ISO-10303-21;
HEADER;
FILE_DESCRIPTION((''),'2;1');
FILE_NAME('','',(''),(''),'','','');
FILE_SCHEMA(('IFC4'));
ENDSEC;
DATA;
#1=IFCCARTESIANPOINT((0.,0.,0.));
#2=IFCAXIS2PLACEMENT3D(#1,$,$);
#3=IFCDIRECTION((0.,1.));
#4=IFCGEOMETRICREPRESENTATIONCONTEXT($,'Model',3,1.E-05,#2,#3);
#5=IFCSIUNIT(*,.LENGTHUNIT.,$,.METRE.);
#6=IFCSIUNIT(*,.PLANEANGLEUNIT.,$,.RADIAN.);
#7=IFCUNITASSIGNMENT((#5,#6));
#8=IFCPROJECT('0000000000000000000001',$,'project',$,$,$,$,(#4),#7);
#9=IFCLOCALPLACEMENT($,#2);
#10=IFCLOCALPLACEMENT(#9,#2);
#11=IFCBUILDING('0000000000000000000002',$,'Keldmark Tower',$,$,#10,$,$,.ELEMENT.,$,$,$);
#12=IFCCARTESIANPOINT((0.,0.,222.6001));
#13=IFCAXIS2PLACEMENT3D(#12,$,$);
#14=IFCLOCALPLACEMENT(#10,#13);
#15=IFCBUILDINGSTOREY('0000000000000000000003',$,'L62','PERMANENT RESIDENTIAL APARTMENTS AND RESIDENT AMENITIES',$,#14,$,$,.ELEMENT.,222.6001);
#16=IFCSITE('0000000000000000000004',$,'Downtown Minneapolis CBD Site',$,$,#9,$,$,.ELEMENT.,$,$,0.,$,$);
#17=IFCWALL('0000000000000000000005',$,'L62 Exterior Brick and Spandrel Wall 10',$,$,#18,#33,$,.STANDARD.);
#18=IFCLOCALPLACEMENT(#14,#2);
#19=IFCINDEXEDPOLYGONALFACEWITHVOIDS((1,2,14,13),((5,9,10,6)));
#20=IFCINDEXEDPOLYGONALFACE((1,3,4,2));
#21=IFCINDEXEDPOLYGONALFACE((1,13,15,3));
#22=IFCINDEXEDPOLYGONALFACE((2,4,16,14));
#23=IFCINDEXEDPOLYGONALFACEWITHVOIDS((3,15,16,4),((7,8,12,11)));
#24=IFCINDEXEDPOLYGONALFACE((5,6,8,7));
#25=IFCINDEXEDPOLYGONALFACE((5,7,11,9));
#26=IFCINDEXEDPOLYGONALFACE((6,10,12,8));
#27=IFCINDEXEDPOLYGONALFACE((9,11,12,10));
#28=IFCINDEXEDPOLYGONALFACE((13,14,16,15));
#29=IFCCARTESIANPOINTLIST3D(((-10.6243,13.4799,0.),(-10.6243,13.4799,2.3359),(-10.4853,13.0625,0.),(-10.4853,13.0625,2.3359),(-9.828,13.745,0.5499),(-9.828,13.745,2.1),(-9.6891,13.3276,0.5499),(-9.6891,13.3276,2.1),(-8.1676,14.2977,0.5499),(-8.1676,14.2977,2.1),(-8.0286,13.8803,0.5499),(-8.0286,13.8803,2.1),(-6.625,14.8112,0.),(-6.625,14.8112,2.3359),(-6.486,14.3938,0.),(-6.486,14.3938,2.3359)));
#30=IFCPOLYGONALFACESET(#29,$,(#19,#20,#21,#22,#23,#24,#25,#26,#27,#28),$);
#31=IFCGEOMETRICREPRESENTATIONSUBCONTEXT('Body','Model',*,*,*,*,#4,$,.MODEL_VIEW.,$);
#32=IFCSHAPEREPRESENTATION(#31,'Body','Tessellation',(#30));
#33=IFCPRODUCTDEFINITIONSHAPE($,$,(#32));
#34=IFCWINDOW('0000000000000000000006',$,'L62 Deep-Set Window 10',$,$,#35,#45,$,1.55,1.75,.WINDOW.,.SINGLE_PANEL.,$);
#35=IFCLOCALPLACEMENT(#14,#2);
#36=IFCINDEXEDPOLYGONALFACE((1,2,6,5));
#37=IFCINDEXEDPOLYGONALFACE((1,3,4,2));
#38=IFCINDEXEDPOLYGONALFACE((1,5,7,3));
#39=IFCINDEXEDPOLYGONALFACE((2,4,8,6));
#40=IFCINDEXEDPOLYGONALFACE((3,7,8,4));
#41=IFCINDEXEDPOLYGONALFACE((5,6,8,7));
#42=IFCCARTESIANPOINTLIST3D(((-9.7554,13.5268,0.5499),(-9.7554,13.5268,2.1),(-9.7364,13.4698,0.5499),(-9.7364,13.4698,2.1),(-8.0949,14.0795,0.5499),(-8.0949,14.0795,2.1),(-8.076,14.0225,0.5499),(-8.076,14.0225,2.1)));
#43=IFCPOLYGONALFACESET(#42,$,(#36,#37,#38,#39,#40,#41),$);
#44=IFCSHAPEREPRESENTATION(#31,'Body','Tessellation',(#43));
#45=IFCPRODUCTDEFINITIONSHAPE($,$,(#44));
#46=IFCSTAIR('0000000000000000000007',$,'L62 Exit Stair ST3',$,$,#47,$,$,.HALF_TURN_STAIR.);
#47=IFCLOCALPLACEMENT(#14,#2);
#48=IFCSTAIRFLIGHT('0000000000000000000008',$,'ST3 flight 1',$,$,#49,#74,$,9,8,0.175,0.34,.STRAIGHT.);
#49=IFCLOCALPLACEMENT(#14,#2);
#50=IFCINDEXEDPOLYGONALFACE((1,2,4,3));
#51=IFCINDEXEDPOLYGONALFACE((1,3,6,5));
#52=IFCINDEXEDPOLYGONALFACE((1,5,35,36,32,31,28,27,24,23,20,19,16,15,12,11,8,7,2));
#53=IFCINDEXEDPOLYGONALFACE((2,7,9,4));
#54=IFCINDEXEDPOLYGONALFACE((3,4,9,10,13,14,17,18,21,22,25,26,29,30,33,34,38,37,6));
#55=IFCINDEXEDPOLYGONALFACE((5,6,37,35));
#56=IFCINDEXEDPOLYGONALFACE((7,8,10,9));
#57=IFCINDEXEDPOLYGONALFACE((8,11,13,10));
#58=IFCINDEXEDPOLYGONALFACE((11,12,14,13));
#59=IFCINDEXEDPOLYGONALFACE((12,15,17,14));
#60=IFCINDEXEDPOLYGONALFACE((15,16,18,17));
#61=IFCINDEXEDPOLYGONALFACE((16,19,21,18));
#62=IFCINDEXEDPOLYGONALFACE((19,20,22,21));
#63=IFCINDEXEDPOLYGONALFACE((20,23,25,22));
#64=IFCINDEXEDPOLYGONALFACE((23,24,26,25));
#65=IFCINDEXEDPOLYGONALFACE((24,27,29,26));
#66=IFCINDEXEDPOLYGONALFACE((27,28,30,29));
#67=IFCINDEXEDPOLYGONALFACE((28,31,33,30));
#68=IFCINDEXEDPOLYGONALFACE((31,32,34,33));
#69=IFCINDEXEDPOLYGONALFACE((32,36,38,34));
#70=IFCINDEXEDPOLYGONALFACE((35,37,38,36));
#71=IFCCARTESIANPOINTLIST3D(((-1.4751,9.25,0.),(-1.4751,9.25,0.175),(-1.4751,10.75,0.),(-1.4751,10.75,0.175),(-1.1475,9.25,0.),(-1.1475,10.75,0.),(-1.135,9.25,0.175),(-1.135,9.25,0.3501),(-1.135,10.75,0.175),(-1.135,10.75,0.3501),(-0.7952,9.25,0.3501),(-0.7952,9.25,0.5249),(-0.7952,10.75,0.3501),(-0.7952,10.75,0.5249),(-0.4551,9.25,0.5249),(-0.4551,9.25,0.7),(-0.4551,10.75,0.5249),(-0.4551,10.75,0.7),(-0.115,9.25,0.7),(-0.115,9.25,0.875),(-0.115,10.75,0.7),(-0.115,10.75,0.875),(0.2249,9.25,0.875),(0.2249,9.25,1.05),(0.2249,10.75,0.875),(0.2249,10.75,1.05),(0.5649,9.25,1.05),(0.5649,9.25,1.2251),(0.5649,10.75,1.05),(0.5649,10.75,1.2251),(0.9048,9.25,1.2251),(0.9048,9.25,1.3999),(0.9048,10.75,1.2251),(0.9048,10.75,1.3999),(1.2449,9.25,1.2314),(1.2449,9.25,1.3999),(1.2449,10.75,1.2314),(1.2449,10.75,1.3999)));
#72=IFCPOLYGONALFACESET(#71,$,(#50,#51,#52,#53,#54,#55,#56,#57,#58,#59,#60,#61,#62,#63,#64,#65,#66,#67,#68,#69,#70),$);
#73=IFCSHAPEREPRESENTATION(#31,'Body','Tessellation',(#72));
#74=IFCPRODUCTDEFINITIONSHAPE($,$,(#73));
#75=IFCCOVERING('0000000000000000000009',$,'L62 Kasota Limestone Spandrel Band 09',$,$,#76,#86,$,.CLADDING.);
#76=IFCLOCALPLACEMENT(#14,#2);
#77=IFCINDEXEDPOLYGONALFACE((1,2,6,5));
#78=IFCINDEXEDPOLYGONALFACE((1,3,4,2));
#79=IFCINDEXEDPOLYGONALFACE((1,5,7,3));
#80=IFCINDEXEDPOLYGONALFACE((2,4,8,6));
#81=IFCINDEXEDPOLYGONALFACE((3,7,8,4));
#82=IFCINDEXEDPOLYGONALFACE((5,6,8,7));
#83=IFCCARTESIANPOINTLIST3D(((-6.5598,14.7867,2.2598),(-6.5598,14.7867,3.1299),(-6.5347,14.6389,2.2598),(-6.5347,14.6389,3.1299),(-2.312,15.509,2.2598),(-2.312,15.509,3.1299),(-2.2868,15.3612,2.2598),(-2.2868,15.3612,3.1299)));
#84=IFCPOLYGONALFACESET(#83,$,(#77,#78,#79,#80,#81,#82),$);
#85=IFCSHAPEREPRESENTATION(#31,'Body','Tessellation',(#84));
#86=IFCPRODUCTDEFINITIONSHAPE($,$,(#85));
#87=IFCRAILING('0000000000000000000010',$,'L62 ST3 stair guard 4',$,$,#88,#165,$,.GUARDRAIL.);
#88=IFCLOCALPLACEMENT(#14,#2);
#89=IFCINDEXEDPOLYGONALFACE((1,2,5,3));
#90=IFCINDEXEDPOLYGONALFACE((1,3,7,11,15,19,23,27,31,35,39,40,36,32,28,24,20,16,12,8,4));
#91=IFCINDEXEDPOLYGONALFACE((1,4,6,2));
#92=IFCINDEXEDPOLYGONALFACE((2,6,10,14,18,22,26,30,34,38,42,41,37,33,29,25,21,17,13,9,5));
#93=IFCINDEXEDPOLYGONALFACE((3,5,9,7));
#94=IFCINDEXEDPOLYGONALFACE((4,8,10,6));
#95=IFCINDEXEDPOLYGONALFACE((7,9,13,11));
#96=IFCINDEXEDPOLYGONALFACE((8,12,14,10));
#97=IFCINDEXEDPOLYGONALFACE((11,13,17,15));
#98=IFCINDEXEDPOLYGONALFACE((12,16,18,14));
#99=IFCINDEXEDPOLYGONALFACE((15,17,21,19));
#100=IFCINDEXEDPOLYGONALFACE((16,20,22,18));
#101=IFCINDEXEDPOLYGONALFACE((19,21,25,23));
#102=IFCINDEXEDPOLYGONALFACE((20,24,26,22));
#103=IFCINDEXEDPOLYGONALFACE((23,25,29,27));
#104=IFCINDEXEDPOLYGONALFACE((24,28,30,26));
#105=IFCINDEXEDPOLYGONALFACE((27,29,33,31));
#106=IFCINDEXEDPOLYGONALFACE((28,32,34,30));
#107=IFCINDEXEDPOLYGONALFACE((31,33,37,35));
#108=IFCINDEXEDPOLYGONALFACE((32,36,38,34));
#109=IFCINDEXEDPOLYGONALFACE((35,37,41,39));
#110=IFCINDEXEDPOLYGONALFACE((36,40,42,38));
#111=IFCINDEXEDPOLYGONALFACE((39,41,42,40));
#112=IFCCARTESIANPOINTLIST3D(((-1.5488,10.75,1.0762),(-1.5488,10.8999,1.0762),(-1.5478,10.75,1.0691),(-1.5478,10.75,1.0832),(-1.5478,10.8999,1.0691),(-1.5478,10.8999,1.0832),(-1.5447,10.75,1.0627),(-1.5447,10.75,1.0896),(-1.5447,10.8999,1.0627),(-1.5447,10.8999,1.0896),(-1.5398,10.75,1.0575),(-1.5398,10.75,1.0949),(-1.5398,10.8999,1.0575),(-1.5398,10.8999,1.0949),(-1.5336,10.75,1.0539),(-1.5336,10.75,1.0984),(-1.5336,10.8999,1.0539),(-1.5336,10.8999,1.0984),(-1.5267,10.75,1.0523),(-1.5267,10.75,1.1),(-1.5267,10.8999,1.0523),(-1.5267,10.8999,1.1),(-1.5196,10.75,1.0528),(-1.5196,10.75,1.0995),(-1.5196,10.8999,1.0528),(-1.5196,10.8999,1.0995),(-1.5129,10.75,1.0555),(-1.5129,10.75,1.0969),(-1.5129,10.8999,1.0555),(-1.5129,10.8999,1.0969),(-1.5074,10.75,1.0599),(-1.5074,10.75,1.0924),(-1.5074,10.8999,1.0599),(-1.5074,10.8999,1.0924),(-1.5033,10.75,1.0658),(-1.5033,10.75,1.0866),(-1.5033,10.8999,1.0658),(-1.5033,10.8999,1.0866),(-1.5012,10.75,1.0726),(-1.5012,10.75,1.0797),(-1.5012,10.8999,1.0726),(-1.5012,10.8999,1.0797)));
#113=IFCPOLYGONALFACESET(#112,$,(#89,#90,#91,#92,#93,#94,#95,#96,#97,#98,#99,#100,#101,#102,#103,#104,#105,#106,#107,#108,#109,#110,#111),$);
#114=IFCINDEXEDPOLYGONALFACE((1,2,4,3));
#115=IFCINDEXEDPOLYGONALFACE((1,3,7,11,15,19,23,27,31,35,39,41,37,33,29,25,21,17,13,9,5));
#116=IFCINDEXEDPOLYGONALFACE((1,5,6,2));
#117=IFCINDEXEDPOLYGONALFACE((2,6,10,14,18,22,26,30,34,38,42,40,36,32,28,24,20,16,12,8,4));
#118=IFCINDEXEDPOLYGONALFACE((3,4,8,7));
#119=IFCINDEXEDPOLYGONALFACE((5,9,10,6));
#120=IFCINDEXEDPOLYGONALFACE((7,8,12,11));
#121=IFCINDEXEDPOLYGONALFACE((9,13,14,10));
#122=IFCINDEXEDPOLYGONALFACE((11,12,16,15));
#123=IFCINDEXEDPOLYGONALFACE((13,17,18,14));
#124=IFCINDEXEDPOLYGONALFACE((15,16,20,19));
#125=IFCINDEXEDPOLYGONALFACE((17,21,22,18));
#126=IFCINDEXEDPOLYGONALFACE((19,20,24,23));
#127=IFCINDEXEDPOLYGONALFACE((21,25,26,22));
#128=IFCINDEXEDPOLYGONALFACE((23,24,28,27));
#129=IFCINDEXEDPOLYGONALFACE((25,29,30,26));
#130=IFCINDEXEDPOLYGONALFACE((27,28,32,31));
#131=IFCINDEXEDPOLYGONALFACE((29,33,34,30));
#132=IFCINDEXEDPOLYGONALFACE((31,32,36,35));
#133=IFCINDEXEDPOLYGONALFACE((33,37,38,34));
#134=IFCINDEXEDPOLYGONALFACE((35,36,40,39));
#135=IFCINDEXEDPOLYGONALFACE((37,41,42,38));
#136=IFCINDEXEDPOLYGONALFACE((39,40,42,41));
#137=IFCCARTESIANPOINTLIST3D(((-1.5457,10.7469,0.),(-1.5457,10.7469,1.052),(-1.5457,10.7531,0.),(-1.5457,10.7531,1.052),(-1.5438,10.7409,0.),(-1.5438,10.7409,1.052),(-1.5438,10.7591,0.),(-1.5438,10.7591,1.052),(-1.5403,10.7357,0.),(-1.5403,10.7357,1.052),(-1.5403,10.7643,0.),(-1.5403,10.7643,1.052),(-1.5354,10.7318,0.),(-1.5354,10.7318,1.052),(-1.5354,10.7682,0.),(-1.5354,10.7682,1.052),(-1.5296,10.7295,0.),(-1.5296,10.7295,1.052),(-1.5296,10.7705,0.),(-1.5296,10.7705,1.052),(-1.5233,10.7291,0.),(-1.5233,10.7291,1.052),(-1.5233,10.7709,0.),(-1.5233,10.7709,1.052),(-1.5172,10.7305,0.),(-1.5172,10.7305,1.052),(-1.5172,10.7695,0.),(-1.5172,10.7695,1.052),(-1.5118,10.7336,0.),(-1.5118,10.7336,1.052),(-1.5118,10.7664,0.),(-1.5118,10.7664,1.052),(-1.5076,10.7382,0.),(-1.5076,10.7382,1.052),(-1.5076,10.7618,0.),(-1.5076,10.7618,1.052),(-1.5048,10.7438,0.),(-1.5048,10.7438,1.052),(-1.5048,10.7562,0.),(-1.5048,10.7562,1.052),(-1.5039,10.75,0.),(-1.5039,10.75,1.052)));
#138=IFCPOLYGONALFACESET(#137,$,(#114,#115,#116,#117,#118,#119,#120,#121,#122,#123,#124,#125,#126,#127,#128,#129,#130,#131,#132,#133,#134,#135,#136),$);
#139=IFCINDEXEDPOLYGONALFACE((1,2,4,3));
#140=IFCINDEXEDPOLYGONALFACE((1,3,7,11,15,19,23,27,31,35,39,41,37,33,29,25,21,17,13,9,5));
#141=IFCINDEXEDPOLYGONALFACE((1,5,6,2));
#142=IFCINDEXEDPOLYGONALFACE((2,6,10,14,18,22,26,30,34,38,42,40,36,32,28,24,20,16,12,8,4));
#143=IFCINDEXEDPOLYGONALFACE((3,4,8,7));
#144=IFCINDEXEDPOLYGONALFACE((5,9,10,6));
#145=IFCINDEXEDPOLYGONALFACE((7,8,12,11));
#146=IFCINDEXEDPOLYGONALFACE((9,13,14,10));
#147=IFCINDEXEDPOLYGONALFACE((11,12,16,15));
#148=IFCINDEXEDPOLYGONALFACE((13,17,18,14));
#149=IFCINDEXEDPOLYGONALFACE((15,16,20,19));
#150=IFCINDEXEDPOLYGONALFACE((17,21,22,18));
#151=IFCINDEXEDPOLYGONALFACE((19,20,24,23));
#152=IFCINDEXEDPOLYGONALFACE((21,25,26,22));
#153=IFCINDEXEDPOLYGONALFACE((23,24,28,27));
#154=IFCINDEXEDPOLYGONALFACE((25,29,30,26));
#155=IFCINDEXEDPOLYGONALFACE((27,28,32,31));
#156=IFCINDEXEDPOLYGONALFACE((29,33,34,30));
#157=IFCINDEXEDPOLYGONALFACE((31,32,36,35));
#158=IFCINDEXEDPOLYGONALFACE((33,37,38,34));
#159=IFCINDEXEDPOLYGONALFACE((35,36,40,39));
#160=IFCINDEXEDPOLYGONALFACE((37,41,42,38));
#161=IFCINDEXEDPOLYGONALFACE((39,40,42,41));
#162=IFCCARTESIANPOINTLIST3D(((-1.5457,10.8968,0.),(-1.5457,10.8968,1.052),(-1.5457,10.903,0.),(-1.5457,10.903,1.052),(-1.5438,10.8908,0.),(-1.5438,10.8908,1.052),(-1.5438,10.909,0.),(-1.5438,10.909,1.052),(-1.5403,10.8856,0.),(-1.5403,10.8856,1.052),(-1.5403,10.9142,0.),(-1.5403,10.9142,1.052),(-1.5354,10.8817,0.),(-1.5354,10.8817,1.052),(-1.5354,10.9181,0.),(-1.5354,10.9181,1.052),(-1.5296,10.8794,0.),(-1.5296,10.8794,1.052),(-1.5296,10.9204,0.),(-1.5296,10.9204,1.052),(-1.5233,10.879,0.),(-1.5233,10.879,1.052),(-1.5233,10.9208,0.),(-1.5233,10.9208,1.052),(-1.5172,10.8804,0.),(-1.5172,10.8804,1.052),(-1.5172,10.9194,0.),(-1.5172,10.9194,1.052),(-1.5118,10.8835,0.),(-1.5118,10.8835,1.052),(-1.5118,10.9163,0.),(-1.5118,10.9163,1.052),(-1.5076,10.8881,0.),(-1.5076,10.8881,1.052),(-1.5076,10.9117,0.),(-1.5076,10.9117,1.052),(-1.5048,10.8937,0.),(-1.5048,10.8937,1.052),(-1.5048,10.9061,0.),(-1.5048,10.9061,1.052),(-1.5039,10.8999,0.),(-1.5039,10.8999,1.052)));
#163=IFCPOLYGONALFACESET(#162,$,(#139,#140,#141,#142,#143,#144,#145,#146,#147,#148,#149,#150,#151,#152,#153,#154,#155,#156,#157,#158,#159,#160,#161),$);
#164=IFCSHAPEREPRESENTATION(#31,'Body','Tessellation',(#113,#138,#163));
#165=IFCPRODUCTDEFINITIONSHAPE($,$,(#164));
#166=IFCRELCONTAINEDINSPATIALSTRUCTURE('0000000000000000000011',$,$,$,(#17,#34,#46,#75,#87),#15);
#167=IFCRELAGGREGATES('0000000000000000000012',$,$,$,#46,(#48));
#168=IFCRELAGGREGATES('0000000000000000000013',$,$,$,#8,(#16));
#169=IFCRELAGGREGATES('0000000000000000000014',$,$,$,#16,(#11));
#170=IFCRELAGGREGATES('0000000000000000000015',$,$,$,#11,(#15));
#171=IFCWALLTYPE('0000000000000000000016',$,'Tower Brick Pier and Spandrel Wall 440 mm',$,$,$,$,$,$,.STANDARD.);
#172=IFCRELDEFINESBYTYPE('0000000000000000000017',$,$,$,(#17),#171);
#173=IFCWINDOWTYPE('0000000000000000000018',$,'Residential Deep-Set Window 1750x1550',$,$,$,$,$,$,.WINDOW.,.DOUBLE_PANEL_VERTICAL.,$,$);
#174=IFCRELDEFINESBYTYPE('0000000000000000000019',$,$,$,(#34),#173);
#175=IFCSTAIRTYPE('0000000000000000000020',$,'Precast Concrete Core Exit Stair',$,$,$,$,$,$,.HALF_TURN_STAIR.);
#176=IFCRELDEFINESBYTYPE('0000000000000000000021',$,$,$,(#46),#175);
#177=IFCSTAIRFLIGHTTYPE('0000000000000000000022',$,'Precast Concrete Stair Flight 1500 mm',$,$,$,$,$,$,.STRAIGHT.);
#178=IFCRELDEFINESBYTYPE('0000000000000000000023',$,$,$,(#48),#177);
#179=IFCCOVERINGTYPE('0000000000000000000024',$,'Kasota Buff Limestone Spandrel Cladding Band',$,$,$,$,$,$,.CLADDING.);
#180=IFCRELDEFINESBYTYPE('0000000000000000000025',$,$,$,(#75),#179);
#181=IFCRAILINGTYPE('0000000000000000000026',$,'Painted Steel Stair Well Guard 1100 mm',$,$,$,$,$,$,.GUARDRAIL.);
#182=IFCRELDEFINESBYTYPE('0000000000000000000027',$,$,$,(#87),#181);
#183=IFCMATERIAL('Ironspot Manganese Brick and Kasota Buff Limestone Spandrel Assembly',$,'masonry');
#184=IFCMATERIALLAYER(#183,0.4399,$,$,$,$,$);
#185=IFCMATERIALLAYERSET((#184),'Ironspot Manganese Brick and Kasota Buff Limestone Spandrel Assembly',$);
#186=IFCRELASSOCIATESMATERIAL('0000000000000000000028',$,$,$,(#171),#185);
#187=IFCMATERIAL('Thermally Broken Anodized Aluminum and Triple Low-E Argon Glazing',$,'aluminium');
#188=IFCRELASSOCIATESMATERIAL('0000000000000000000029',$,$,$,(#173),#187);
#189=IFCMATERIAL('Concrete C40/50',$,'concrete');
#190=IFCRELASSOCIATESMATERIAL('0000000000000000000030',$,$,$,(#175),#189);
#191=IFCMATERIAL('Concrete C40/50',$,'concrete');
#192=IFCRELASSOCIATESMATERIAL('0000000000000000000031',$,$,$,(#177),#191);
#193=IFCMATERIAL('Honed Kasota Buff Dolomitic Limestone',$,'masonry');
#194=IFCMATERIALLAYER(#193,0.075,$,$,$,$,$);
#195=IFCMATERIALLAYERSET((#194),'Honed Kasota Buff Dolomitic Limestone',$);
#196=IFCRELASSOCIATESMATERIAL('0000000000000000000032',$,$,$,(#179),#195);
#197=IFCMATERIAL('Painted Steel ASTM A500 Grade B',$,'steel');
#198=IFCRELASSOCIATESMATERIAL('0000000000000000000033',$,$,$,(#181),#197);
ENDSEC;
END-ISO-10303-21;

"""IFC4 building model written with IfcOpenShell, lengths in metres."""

from ifc_helpers import new_model, si_unit, direction, frame, frame_2d, origin, origin_2d, place, context, subcontext, project, spatial, polyline, rectangle, circle, outline, extrude, material, layer, layer_set, type_object, element, fill, aggregate, save


model = new_model("IFC4")

# Units and contexts
model_context = context("Model", 3, precision=1e-05, world=origin(), true_north=direction((0.0, 1.0)))
body_context = subcontext(model_context, "Body", "Model", "MODEL_VIEW")
ifc_project = project(units=[si_unit("LENGTHUNIT", "METRE"), si_unit("PLANEANGLEUNIT", "RADIAN")], contexts=[model_context])

# Site, building, storey
site_placement = place(None, origin())
site = spatial("IfcSite", under=ifc_project, at=site_placement, Name="Downtown Minneapolis CBD Site", CompositionType="ELEMENT", RefElevation=0.0)
building_placement = place(site_placement, origin())
building = spatial("IfcBuilding", under=site, at=building_placement, Name="Keldmark Tower", CompositionType="ELEMENT")
storey_placement = place(building_placement, frame((0.0, 0.0, 222.6001)))
storey = spatial("IfcBuildingStorey", under=building, at=storey_placement, Name="L62", Description="PERMANENT RESIDENTIAL APARTMENTS AND RESIDENT AMENITIES", CompositionType="ELEMENT", Elevation=222.6001)

# Wall, opening, window
ifc_material_1 = material(Name="Ironspot Manganese Brick and Kasota Buff Limestone Spandrel Assembly", Category="masonry")
ifc_layer_1 = layer(ifc_material_1, 0.4399)
ifc_layer_set_1 = layer_set([ifc_layer_1], Name="Ironspot Manganese Brick and Kasota Buff Limestone Spandrel Assembly")
wall_type_1 = type_object("IfcWallType", Name="Tower Brick Pier and Spandrel Wall 440 mm", PredefinedType="STANDARD", material=ifc_layer_set_1)
ifc_material_2 = material(Name="Thermally Broken Anodized Aluminum and Triple Low-E Argon Glazing", Category="aluminium")
window_type = type_object("IfcWindowType", Name="Residential Deep-Set Window 1750x1550", PartitioningType="DOUBLE_PANEL_VERTICAL", PredefinedType="WINDOW", material=ifc_material_2)
wall_1_placement = place(storey_placement, frame((-10.5547, 13.2712, 0.0), z_axis=(0.0, 0.0, 1.0), x_axis=(0.948811, 0.315845, 0.0)))
wall_1 = element("IfcWall", 1, at=wall_1_placement, inside=storey, type_object=wall_type_1, Name="L62 Exterior Brick and Spandrel Wall 10", PredefinedType="STANDARD", context=body_context, shape_type="SweptSolid", body=[
    extrude(rectangle(XDim=4.2151, YDim=0.4399, at=frame_2d((2.1074, 0.0))), origin(), (0.0, 0.0, 1.0), 2.3359),
])
opening_1_placement = place(wall_1_placement, frame((0.8391, 0.0, 0.55)))
opening_1 = element("IfcOpeningElement", 2, at=opening_1_placement, cuts=wall_1, PredefinedType="OPENING", context=body_context, shape_type="SweptSolid", body=[
    extrude(rectangle(XDim=1.75, YDim=1.55, at=frame_2d((0.875, 0.7749))), frame((0.0, 0.23, 0.0), z_axis=(0.0, -1.0, 0.0), x_axis=(1.0, 0.0, 0.0)), (0.0, 0.0, 1.0), 0.46),
])
window_1_placement = place(opening_1_placement, origin())
window_1 = element("IfcWindow", 3, at=window_1_placement, inside=storey, type_object=window_type, Name="L62 Deep-Set Window 10", OverallHeight=1.55, OverallWidth=1.75, PartitioningType="SINGLE_PANEL", PredefinedType="WINDOW", context=body_context, shape_type="SweptSolid", body=[
    extrude(rectangle(XDim=1.75, YDim=1.55, at=frame_2d((0.875, 0.7749))), frame((0.0, -0.01, 0.0), z_axis=(0.0, -1.0, 0.0), x_axis=(1.0, 0.0, 0.0)), (0.0, 0.0, 1.0), 0.0601),
])
fill(opening_1, window_1)

# Stair, stair flight
ifc_material_3 = material(Name="Concrete C40/50", Category="concrete")
stair_type = type_object("IfcStairType", Name="Precast Concrete Core Exit Stair", PredefinedType="HALF_TURN_STAIR", material=ifc_material_3)
stair_placement = place(storey_placement, origin())
stair = element("IfcStair", 4, at=stair_placement, inside=storey, type_object=stair_type, Name="L62 Exit Stair ST3", PredefinedType="HALF_TURN_STAIR")
ifc_material_4 = material(Name="Concrete C40/50", Category="concrete")
stair_flight_type = type_object("IfcStairFlightType", Name="Precast Concrete Stair Flight 1500 mm", PredefinedType="STRAIGHT", material=ifc_material_4)
stair_flight_placement = place(storey_placement, frame((-1.4751, 10.0, 0.0), z_axis=(0.0, 0.0, 1.0), x_axis=(1.0, 0.0, 0.0)))
stair_flight = element("IfcStairFlight", 5, at=stair_flight_placement, type_object=stair_flight_type, Name="ST3 flight 1", NumberOfRisers=9, NumberOfTreads=8, PredefinedType="STRAIGHT", RiserHeight=0.175, TreadLength=0.34, context=body_context, shape_type="SweptSolid", body=[
    extrude(outline(polyline([(0.0, 0.0), (0.0, 0.175), (0.3401, 0.175), (0.3401, 0.3501), (0.6799, 0.3501), (0.6799, 0.5249), (1.02, 0.5249), (1.02, 0.7), (1.3601, 0.7), (1.3601, 0.875), (1.7, 0.875), (1.7, 1.05), (2.04, 1.05), (2.04, 1.2251), (2.3799, 1.2251), (2.3799, 1.3999), (2.72, 1.3999), (2.72, 1.575), (2.72, 1.2314), (0.3276, 0.0), (0.0, 0.0)])), frame((0.0, 0.75, 0.0), z_axis=(0.0, -1.0, 0.0), x_axis=(1.0, 0.0, 0.0)), (0.0, 0.0, 1.0), 1.5),
])
aggregate(stair, [stair_flight])

# Covering
ifc_material_5 = material(Name="Honed Kasota Buff Dolomitic Limestone", Category="masonry")
ifc_layer_2 = layer(ifc_material_5, 0.075)
ifc_layer_set_2 = layer_set([ifc_layer_2], Name="Honed Kasota Buff Dolomitic Limestone")
covering_type = type_object("IfcCoveringType", Name="Kasota Buff Limestone Spandrel Cladding Band", PredefinedType="CLADDING", material=ifc_layer_set_2)
covering_placement = place(storey_placement, frame((-4.4233, 15.074, 2.2598), z_axis=(0.0, 0.0, 1.0), x_axis=(-0.98585, -0.167629, 0.0)))
element("IfcCovering", 6, at=covering_placement, inside=storey, type_object=covering_type, Name="L62 Kasota Limestone Spandrel Band 09", PredefinedType="CLADDING", context=body_context, shape_type="SweptSolid", body=[
    extrude(rectangle(XDim=4.3088, YDim=0.1499, at=origin_2d()), origin(), (0.0, 0.0, 1.0), 0.8701),
])

# Railing
ifc_material_6 = material(Name="Painted Steel ASTM A500 Grade B", Category="steel")
railing_type = type_object("IfcRailingType", Name="Painted Steel Stair Well Guard 1100 mm", PredefinedType="GUARDRAIL", material=ifc_material_6)
railing_placement = place(storey_placement, frame((-1.5249, 10.75, 0.0)))
element("IfcRailing", 7, at=railing_placement, inside=storey, type_object=railing_type, Name="L62 ST3 stair guard 4", PredefinedType="GUARDRAIL", context=body_context, shape_type="SweptSolid", body=[
    extrude(circle(Radius=0.0239, at=origin_2d()), frame((0.0, 0.0, 1.0762), z_axis=(0.0, 1.0, 0.0), x_axis=(-1.0, 0.0, 0.0)), (0.0, 0.0, 1.0), 0.1499),
    extrude(circle(Radius=0.021, at=origin_2d()), origin(), (0.0, 0.0, 1.0), 1.052),
    extrude(circle(Radius=0.021, at=origin_2d()), frame((0.0, 0.1499, 0.0)), (0.0, 0.0, 1.0), 1.052),
])

save(model, "model.ifc")
